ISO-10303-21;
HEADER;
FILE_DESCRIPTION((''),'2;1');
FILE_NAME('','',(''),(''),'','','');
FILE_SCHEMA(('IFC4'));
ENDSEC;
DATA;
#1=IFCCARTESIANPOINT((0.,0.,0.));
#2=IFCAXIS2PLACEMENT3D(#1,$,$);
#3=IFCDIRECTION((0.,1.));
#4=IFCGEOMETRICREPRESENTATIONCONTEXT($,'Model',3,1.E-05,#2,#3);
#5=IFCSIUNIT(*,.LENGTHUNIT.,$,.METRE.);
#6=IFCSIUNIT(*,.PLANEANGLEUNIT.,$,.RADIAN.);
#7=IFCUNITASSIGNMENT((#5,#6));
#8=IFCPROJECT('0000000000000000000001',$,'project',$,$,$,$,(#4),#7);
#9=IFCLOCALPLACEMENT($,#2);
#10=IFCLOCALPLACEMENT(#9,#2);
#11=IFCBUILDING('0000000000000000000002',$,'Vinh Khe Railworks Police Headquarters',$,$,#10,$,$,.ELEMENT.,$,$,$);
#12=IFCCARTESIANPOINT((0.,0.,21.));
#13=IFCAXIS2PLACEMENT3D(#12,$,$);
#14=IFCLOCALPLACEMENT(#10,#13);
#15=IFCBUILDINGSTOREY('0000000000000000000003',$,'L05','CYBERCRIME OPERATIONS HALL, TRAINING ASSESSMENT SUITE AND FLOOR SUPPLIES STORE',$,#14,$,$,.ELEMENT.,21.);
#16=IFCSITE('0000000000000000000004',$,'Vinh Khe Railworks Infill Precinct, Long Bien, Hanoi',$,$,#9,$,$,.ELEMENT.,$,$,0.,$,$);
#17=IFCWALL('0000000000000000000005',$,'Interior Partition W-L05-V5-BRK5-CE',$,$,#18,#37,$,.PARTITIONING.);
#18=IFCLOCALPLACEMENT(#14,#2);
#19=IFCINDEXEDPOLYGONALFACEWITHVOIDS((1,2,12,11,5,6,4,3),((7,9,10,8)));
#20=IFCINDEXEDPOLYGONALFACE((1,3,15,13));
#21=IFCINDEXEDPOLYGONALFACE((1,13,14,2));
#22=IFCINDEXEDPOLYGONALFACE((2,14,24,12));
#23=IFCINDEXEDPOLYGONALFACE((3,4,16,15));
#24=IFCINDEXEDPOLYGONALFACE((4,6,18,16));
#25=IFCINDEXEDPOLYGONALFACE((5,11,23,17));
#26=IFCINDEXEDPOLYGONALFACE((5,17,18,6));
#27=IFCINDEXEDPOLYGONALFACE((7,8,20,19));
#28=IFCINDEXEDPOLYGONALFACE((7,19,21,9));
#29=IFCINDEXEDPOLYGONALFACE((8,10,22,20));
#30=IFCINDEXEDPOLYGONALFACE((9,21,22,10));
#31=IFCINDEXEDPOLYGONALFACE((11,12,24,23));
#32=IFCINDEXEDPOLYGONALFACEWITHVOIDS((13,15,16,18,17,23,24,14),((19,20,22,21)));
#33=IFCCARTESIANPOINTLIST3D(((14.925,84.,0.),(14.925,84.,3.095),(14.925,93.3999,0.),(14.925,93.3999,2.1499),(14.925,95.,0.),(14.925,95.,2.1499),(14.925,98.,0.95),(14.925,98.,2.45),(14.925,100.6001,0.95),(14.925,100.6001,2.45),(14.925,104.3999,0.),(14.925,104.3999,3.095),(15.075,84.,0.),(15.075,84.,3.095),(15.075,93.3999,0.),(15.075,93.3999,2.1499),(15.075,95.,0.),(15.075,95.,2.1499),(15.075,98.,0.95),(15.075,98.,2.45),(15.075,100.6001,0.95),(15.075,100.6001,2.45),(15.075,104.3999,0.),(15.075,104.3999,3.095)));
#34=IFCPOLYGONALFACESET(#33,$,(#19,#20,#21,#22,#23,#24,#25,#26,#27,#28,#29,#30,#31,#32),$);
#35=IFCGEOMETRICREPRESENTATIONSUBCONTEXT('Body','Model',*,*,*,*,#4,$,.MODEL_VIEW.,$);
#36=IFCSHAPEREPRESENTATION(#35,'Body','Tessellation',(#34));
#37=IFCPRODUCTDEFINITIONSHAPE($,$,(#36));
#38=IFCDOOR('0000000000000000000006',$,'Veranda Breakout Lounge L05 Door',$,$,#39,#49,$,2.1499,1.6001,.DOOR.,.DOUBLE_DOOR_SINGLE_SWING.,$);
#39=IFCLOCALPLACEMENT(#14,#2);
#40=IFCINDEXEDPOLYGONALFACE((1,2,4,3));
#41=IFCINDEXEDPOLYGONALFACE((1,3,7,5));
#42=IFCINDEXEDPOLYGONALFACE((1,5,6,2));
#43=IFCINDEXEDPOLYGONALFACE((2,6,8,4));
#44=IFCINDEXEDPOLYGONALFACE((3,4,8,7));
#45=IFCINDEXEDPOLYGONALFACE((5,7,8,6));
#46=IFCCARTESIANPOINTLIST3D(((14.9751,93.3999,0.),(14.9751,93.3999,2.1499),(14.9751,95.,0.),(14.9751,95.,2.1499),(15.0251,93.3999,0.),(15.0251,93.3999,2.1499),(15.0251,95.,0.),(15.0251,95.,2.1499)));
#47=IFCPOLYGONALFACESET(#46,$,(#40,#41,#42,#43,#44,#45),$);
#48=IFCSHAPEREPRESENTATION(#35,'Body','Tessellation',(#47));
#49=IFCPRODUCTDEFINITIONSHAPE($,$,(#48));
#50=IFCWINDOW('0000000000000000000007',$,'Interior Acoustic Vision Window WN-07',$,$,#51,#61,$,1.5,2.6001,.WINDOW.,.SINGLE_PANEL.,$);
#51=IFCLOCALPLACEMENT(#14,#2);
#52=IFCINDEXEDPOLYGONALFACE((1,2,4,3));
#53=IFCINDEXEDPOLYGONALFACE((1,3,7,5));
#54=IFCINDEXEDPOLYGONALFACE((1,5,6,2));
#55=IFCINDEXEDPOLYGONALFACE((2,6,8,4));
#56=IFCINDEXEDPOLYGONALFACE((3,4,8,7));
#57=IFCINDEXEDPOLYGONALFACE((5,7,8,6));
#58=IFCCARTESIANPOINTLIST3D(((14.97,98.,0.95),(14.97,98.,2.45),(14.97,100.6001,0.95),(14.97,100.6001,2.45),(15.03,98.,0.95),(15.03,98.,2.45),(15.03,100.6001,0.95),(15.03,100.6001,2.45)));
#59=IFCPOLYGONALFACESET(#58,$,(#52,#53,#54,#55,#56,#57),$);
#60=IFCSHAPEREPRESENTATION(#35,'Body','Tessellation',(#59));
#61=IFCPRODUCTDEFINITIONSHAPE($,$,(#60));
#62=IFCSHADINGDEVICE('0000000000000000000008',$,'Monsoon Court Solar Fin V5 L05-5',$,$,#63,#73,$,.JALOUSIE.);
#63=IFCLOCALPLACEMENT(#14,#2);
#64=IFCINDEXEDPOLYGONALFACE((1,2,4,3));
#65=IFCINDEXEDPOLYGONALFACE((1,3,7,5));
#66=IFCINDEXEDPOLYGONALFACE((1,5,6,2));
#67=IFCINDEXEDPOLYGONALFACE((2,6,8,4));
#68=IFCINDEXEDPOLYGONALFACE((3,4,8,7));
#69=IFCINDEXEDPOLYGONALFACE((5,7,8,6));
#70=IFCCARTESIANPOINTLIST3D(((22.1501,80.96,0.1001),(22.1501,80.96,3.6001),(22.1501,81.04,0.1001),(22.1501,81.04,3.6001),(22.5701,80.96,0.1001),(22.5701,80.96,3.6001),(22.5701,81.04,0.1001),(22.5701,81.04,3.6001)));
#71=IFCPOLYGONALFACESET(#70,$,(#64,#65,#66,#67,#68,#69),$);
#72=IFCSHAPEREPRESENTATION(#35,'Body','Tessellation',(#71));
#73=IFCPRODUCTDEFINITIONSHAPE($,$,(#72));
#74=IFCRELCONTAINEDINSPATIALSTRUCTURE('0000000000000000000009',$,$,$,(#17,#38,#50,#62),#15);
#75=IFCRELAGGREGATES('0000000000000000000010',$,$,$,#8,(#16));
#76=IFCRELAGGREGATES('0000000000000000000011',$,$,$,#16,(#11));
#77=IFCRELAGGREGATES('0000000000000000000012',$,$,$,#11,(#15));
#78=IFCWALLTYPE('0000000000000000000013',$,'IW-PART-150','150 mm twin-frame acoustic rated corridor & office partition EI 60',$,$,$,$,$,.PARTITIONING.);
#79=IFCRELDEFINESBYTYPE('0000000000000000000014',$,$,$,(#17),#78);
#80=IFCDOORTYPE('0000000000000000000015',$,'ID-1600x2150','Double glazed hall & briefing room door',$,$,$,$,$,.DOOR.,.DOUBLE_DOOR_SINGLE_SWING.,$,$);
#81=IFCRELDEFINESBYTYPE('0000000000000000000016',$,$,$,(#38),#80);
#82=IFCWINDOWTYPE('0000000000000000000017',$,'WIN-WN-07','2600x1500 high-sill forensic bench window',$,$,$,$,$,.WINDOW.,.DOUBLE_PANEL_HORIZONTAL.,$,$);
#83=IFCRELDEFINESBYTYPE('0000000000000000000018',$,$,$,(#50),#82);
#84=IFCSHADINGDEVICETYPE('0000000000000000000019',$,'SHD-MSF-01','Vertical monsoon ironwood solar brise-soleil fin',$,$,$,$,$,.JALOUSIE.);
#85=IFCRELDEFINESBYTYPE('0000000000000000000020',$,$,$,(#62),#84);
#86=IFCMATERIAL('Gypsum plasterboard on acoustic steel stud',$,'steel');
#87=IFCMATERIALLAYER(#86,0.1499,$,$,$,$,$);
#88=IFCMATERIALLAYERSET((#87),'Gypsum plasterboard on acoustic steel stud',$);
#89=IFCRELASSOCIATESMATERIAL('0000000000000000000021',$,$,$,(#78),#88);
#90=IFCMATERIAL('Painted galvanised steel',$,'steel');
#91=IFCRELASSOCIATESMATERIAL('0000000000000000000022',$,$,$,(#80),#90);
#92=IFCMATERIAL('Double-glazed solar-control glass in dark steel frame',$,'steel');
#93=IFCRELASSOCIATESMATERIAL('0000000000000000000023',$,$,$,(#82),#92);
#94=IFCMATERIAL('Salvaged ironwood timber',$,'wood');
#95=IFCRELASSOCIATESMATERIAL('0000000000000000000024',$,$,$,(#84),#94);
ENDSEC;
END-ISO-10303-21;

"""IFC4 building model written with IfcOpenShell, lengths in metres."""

from ifc_helpers import new_model, si_unit, direction, frame, frame_2d, origin, origin_2d, place, context, subcontext, project, spatial, rectangle, extrude, material, layer, layer_set, type_object, element, fill, save


model = new_model("IFC4")

# Units and contexts
model_context = context("Model", 3, precision=1e-05, world=origin(), true_north=direction((0.0, 1.0)))
body_context = subcontext(model_context, "Body", "Model", "MODEL_VIEW")
ifc_project = project(units=[si_unit("LENGTHUNIT", "METRE"), si_unit("PLANEANGLEUNIT", "RADIAN")], contexts=[model_context])

# Site, building, storey
site_placement = place(None, origin())
site = spatial("IfcSite", under=ifc_project, at=site_placement, Name="Vinh Khe Railworks Infill Precinct, Long Bien, Hanoi", CompositionType="ELEMENT", RefElevation=0.0)
building_placement = place(site_placement, origin())
building = spatial("IfcBuilding", under=site, at=building_placement, Name="Vinh Khe Railworks Police Headquarters", CompositionType="ELEMENT")
storey_placement = place(building_placement, frame((0.0, 0.0, 21.0)))
storey = spatial("IfcBuildingStorey", under=building, at=storey_placement, Name="L05", Description="CYBERCRIME OPERATIONS HALL, TRAINING ASSESSMENT SUITE AND FLOOR SUPPLIES STORE", CompositionType="ELEMENT", Elevation=21.0)

# Shared definitions
ifc_material_1 = material(Name="Painted galvanised steel", Category="steel")

# Shared definitions
ifc_material_2 = material(Name="Double-glazed solar-control glass in dark steel frame", Category="steel")

# Wall, openings, door, window
ifc_material_3 = material(Name="Gypsum plasterboard on acoustic steel stud", Category="steel")
ifc_layer_1 = layer(ifc_material_3, 0.1499)
ifc_layer_set_1 = layer_set([ifc_layer_1], Name="Gypsum plasterboard on acoustic steel stud")
wall_type_1 = type_object("IfcWallType", Name="IW-PART-150", Description="150 mm twin-frame acoustic rated corridor & office partition EI 60", PredefinedType="PARTITIONING", material=ifc_layer_set_1)
wall_1_placement = place(storey_placement, frame((15.0, 84.0, 0.0), z_axis=(0.0, 0.0, 1.0), x_axis=(0.0, 1.0, 0.0)))
wall_1 = element("IfcWall", 1, at=wall_1_placement, inside=storey, type_object=wall_type_1, Name="Interior Partition W-L05-V5-BRK5-CE", PredefinedType="PARTITIONING", context=body_context, shape_type="SweptSolid", body=[
    extrude(rectangle(XDim=20.3999, YDim=0.1499, at=frame_2d((10.2, 0.0))), origin(), (0.0, 0.0, 1.0), 3.095),
])
opening_1_placement = place(wall_1_placement, frame((9.3999, 0.0, 0.0)))
opening_1 = element("IfcOpeningElement", 2, at=opening_1_placement, cuts=wall_1, PredefinedType="OPENING", context=body_context, shape_type="SweptSolid", body=[
    extrude(rectangle(XDim=1.6001, YDim=2.1499, at=frame_2d((0.8, 1.075))), frame((0.0, 0.0898, 0.0), z_axis=(0.0, -1.0, 0.0), x_axis=(1.0, 0.0, 0.0)), (0.0, 0.0, 1.0), 0.1797),
])
opening_2_placement = place(wall_1_placement, frame((14.0, 0.0, 0.95)))
opening_2 = element("IfcOpeningElement", 3, at=opening_2_placement, cuts=wall_1, PredefinedType="OPENING", context=body_context, shape_type="SweptSolid", body=[
    extrude(rectangle(XDim=2.6001, YDim=1.5, at=frame_2d((1.3, 0.75))), frame((0.0, 0.0898, 0.0), z_axis=(0.0, -1.0, 0.0), x_axis=(1.0, 0.0, 0.0)), (0.0, 0.0, 1.0), 0.1797),
])
door_type_1 = type_object("IfcDoorType", Name="ID-1600x2150", Description="Double glazed hall & briefing room door", OperationType="DOUBLE_DOOR_SINGLE_SWING", PredefinedType="DOOR", material=ifc_material_1)
door_1_placement = place(opening_1_placement, origin())
door_1 = element("IfcDoor", 4, at=door_1_placement, inside=storey, type_object=door_type_1, Name="Veranda Breakout Lounge L05 Door", OperationType="DOUBLE_DOOR_SINGLE_SWING", OverallHeight=2.1499, OverallWidth=1.6001, PredefinedType="DOOR", context=body_context, shape_type="SweptSolid", body=[
    extrude(rectangle(XDim=1.6001, YDim=2.1499, at=frame_2d((0.8, 1.075))), frame((0.0, 0.0249, 0.0), z_axis=(0.0, -1.0, 0.0), x_axis=(1.0, 0.0, 0.0)), (0.0, 0.0, 1.0), 0.05),
])
fill(opening_1, door_1)
window_type_1 = type_object("IfcWindowType", Name="WIN-WN-07", Description="2600x1500 high-sill forensic bench window", PartitioningType="DOUBLE_PANEL_HORIZONTAL", PredefinedType="WINDOW", material=ifc_material_2)
window_1_placement = place(opening_2_placement, origin())
window_1 = element("IfcWindow", 5, at=window_1_placement, inside=storey, type_object=window_type_1, Name="Interior Acoustic Vision Window WN-07", OverallHeight=1.5, OverallWidth=2.6001, PartitioningType="SINGLE_PANEL", PredefinedType="WINDOW", context=body_context, shape_type="SweptSolid", body=[
    extrude(rectangle(XDim=2.6001, YDim=1.5, at=frame_2d((1.3, 0.75))), frame((0.0, 0.03, 0.0), z_axis=(0.0, -1.0, 0.0), x_axis=(1.0, 0.0, 0.0)), (0.0, 0.0, 1.0), 0.0601),
])
fill(opening_2, window_1)

# Shading device
ifc_material_4 = material(Name="Salvaged ironwood timber", Category="wood")
shading_device_type = type_object("IfcShadingDeviceType", Name="SHD-MSF-01", Description="Vertical monsoon ironwood solar brise-soleil fin", PredefinedType="JALOUSIE", material=ifc_material_4)
shading_device_placement = place(storey_placement, frame((22.3601, 81.0, 0.1001), z_axis=(0.0, 0.0, 1.0), x_axis=(1.0, 0.0, 0.0)))
element("IfcShadingDevice", 6, at=shading_device_placement, inside=storey, type_object=shading_device_type, Name="Monsoon Court Solar Fin V5 L05-5", PredefinedType="JALOUSIE", context=body_context, shape_type="SweptSolid", body=[
    extrude(rectangle(XDim=0.4199, YDim=0.0801, at=origin_2d()), origin(), (0.0, 0.0, 1.0), 3.5),
])

save(model, "model.ifc")
